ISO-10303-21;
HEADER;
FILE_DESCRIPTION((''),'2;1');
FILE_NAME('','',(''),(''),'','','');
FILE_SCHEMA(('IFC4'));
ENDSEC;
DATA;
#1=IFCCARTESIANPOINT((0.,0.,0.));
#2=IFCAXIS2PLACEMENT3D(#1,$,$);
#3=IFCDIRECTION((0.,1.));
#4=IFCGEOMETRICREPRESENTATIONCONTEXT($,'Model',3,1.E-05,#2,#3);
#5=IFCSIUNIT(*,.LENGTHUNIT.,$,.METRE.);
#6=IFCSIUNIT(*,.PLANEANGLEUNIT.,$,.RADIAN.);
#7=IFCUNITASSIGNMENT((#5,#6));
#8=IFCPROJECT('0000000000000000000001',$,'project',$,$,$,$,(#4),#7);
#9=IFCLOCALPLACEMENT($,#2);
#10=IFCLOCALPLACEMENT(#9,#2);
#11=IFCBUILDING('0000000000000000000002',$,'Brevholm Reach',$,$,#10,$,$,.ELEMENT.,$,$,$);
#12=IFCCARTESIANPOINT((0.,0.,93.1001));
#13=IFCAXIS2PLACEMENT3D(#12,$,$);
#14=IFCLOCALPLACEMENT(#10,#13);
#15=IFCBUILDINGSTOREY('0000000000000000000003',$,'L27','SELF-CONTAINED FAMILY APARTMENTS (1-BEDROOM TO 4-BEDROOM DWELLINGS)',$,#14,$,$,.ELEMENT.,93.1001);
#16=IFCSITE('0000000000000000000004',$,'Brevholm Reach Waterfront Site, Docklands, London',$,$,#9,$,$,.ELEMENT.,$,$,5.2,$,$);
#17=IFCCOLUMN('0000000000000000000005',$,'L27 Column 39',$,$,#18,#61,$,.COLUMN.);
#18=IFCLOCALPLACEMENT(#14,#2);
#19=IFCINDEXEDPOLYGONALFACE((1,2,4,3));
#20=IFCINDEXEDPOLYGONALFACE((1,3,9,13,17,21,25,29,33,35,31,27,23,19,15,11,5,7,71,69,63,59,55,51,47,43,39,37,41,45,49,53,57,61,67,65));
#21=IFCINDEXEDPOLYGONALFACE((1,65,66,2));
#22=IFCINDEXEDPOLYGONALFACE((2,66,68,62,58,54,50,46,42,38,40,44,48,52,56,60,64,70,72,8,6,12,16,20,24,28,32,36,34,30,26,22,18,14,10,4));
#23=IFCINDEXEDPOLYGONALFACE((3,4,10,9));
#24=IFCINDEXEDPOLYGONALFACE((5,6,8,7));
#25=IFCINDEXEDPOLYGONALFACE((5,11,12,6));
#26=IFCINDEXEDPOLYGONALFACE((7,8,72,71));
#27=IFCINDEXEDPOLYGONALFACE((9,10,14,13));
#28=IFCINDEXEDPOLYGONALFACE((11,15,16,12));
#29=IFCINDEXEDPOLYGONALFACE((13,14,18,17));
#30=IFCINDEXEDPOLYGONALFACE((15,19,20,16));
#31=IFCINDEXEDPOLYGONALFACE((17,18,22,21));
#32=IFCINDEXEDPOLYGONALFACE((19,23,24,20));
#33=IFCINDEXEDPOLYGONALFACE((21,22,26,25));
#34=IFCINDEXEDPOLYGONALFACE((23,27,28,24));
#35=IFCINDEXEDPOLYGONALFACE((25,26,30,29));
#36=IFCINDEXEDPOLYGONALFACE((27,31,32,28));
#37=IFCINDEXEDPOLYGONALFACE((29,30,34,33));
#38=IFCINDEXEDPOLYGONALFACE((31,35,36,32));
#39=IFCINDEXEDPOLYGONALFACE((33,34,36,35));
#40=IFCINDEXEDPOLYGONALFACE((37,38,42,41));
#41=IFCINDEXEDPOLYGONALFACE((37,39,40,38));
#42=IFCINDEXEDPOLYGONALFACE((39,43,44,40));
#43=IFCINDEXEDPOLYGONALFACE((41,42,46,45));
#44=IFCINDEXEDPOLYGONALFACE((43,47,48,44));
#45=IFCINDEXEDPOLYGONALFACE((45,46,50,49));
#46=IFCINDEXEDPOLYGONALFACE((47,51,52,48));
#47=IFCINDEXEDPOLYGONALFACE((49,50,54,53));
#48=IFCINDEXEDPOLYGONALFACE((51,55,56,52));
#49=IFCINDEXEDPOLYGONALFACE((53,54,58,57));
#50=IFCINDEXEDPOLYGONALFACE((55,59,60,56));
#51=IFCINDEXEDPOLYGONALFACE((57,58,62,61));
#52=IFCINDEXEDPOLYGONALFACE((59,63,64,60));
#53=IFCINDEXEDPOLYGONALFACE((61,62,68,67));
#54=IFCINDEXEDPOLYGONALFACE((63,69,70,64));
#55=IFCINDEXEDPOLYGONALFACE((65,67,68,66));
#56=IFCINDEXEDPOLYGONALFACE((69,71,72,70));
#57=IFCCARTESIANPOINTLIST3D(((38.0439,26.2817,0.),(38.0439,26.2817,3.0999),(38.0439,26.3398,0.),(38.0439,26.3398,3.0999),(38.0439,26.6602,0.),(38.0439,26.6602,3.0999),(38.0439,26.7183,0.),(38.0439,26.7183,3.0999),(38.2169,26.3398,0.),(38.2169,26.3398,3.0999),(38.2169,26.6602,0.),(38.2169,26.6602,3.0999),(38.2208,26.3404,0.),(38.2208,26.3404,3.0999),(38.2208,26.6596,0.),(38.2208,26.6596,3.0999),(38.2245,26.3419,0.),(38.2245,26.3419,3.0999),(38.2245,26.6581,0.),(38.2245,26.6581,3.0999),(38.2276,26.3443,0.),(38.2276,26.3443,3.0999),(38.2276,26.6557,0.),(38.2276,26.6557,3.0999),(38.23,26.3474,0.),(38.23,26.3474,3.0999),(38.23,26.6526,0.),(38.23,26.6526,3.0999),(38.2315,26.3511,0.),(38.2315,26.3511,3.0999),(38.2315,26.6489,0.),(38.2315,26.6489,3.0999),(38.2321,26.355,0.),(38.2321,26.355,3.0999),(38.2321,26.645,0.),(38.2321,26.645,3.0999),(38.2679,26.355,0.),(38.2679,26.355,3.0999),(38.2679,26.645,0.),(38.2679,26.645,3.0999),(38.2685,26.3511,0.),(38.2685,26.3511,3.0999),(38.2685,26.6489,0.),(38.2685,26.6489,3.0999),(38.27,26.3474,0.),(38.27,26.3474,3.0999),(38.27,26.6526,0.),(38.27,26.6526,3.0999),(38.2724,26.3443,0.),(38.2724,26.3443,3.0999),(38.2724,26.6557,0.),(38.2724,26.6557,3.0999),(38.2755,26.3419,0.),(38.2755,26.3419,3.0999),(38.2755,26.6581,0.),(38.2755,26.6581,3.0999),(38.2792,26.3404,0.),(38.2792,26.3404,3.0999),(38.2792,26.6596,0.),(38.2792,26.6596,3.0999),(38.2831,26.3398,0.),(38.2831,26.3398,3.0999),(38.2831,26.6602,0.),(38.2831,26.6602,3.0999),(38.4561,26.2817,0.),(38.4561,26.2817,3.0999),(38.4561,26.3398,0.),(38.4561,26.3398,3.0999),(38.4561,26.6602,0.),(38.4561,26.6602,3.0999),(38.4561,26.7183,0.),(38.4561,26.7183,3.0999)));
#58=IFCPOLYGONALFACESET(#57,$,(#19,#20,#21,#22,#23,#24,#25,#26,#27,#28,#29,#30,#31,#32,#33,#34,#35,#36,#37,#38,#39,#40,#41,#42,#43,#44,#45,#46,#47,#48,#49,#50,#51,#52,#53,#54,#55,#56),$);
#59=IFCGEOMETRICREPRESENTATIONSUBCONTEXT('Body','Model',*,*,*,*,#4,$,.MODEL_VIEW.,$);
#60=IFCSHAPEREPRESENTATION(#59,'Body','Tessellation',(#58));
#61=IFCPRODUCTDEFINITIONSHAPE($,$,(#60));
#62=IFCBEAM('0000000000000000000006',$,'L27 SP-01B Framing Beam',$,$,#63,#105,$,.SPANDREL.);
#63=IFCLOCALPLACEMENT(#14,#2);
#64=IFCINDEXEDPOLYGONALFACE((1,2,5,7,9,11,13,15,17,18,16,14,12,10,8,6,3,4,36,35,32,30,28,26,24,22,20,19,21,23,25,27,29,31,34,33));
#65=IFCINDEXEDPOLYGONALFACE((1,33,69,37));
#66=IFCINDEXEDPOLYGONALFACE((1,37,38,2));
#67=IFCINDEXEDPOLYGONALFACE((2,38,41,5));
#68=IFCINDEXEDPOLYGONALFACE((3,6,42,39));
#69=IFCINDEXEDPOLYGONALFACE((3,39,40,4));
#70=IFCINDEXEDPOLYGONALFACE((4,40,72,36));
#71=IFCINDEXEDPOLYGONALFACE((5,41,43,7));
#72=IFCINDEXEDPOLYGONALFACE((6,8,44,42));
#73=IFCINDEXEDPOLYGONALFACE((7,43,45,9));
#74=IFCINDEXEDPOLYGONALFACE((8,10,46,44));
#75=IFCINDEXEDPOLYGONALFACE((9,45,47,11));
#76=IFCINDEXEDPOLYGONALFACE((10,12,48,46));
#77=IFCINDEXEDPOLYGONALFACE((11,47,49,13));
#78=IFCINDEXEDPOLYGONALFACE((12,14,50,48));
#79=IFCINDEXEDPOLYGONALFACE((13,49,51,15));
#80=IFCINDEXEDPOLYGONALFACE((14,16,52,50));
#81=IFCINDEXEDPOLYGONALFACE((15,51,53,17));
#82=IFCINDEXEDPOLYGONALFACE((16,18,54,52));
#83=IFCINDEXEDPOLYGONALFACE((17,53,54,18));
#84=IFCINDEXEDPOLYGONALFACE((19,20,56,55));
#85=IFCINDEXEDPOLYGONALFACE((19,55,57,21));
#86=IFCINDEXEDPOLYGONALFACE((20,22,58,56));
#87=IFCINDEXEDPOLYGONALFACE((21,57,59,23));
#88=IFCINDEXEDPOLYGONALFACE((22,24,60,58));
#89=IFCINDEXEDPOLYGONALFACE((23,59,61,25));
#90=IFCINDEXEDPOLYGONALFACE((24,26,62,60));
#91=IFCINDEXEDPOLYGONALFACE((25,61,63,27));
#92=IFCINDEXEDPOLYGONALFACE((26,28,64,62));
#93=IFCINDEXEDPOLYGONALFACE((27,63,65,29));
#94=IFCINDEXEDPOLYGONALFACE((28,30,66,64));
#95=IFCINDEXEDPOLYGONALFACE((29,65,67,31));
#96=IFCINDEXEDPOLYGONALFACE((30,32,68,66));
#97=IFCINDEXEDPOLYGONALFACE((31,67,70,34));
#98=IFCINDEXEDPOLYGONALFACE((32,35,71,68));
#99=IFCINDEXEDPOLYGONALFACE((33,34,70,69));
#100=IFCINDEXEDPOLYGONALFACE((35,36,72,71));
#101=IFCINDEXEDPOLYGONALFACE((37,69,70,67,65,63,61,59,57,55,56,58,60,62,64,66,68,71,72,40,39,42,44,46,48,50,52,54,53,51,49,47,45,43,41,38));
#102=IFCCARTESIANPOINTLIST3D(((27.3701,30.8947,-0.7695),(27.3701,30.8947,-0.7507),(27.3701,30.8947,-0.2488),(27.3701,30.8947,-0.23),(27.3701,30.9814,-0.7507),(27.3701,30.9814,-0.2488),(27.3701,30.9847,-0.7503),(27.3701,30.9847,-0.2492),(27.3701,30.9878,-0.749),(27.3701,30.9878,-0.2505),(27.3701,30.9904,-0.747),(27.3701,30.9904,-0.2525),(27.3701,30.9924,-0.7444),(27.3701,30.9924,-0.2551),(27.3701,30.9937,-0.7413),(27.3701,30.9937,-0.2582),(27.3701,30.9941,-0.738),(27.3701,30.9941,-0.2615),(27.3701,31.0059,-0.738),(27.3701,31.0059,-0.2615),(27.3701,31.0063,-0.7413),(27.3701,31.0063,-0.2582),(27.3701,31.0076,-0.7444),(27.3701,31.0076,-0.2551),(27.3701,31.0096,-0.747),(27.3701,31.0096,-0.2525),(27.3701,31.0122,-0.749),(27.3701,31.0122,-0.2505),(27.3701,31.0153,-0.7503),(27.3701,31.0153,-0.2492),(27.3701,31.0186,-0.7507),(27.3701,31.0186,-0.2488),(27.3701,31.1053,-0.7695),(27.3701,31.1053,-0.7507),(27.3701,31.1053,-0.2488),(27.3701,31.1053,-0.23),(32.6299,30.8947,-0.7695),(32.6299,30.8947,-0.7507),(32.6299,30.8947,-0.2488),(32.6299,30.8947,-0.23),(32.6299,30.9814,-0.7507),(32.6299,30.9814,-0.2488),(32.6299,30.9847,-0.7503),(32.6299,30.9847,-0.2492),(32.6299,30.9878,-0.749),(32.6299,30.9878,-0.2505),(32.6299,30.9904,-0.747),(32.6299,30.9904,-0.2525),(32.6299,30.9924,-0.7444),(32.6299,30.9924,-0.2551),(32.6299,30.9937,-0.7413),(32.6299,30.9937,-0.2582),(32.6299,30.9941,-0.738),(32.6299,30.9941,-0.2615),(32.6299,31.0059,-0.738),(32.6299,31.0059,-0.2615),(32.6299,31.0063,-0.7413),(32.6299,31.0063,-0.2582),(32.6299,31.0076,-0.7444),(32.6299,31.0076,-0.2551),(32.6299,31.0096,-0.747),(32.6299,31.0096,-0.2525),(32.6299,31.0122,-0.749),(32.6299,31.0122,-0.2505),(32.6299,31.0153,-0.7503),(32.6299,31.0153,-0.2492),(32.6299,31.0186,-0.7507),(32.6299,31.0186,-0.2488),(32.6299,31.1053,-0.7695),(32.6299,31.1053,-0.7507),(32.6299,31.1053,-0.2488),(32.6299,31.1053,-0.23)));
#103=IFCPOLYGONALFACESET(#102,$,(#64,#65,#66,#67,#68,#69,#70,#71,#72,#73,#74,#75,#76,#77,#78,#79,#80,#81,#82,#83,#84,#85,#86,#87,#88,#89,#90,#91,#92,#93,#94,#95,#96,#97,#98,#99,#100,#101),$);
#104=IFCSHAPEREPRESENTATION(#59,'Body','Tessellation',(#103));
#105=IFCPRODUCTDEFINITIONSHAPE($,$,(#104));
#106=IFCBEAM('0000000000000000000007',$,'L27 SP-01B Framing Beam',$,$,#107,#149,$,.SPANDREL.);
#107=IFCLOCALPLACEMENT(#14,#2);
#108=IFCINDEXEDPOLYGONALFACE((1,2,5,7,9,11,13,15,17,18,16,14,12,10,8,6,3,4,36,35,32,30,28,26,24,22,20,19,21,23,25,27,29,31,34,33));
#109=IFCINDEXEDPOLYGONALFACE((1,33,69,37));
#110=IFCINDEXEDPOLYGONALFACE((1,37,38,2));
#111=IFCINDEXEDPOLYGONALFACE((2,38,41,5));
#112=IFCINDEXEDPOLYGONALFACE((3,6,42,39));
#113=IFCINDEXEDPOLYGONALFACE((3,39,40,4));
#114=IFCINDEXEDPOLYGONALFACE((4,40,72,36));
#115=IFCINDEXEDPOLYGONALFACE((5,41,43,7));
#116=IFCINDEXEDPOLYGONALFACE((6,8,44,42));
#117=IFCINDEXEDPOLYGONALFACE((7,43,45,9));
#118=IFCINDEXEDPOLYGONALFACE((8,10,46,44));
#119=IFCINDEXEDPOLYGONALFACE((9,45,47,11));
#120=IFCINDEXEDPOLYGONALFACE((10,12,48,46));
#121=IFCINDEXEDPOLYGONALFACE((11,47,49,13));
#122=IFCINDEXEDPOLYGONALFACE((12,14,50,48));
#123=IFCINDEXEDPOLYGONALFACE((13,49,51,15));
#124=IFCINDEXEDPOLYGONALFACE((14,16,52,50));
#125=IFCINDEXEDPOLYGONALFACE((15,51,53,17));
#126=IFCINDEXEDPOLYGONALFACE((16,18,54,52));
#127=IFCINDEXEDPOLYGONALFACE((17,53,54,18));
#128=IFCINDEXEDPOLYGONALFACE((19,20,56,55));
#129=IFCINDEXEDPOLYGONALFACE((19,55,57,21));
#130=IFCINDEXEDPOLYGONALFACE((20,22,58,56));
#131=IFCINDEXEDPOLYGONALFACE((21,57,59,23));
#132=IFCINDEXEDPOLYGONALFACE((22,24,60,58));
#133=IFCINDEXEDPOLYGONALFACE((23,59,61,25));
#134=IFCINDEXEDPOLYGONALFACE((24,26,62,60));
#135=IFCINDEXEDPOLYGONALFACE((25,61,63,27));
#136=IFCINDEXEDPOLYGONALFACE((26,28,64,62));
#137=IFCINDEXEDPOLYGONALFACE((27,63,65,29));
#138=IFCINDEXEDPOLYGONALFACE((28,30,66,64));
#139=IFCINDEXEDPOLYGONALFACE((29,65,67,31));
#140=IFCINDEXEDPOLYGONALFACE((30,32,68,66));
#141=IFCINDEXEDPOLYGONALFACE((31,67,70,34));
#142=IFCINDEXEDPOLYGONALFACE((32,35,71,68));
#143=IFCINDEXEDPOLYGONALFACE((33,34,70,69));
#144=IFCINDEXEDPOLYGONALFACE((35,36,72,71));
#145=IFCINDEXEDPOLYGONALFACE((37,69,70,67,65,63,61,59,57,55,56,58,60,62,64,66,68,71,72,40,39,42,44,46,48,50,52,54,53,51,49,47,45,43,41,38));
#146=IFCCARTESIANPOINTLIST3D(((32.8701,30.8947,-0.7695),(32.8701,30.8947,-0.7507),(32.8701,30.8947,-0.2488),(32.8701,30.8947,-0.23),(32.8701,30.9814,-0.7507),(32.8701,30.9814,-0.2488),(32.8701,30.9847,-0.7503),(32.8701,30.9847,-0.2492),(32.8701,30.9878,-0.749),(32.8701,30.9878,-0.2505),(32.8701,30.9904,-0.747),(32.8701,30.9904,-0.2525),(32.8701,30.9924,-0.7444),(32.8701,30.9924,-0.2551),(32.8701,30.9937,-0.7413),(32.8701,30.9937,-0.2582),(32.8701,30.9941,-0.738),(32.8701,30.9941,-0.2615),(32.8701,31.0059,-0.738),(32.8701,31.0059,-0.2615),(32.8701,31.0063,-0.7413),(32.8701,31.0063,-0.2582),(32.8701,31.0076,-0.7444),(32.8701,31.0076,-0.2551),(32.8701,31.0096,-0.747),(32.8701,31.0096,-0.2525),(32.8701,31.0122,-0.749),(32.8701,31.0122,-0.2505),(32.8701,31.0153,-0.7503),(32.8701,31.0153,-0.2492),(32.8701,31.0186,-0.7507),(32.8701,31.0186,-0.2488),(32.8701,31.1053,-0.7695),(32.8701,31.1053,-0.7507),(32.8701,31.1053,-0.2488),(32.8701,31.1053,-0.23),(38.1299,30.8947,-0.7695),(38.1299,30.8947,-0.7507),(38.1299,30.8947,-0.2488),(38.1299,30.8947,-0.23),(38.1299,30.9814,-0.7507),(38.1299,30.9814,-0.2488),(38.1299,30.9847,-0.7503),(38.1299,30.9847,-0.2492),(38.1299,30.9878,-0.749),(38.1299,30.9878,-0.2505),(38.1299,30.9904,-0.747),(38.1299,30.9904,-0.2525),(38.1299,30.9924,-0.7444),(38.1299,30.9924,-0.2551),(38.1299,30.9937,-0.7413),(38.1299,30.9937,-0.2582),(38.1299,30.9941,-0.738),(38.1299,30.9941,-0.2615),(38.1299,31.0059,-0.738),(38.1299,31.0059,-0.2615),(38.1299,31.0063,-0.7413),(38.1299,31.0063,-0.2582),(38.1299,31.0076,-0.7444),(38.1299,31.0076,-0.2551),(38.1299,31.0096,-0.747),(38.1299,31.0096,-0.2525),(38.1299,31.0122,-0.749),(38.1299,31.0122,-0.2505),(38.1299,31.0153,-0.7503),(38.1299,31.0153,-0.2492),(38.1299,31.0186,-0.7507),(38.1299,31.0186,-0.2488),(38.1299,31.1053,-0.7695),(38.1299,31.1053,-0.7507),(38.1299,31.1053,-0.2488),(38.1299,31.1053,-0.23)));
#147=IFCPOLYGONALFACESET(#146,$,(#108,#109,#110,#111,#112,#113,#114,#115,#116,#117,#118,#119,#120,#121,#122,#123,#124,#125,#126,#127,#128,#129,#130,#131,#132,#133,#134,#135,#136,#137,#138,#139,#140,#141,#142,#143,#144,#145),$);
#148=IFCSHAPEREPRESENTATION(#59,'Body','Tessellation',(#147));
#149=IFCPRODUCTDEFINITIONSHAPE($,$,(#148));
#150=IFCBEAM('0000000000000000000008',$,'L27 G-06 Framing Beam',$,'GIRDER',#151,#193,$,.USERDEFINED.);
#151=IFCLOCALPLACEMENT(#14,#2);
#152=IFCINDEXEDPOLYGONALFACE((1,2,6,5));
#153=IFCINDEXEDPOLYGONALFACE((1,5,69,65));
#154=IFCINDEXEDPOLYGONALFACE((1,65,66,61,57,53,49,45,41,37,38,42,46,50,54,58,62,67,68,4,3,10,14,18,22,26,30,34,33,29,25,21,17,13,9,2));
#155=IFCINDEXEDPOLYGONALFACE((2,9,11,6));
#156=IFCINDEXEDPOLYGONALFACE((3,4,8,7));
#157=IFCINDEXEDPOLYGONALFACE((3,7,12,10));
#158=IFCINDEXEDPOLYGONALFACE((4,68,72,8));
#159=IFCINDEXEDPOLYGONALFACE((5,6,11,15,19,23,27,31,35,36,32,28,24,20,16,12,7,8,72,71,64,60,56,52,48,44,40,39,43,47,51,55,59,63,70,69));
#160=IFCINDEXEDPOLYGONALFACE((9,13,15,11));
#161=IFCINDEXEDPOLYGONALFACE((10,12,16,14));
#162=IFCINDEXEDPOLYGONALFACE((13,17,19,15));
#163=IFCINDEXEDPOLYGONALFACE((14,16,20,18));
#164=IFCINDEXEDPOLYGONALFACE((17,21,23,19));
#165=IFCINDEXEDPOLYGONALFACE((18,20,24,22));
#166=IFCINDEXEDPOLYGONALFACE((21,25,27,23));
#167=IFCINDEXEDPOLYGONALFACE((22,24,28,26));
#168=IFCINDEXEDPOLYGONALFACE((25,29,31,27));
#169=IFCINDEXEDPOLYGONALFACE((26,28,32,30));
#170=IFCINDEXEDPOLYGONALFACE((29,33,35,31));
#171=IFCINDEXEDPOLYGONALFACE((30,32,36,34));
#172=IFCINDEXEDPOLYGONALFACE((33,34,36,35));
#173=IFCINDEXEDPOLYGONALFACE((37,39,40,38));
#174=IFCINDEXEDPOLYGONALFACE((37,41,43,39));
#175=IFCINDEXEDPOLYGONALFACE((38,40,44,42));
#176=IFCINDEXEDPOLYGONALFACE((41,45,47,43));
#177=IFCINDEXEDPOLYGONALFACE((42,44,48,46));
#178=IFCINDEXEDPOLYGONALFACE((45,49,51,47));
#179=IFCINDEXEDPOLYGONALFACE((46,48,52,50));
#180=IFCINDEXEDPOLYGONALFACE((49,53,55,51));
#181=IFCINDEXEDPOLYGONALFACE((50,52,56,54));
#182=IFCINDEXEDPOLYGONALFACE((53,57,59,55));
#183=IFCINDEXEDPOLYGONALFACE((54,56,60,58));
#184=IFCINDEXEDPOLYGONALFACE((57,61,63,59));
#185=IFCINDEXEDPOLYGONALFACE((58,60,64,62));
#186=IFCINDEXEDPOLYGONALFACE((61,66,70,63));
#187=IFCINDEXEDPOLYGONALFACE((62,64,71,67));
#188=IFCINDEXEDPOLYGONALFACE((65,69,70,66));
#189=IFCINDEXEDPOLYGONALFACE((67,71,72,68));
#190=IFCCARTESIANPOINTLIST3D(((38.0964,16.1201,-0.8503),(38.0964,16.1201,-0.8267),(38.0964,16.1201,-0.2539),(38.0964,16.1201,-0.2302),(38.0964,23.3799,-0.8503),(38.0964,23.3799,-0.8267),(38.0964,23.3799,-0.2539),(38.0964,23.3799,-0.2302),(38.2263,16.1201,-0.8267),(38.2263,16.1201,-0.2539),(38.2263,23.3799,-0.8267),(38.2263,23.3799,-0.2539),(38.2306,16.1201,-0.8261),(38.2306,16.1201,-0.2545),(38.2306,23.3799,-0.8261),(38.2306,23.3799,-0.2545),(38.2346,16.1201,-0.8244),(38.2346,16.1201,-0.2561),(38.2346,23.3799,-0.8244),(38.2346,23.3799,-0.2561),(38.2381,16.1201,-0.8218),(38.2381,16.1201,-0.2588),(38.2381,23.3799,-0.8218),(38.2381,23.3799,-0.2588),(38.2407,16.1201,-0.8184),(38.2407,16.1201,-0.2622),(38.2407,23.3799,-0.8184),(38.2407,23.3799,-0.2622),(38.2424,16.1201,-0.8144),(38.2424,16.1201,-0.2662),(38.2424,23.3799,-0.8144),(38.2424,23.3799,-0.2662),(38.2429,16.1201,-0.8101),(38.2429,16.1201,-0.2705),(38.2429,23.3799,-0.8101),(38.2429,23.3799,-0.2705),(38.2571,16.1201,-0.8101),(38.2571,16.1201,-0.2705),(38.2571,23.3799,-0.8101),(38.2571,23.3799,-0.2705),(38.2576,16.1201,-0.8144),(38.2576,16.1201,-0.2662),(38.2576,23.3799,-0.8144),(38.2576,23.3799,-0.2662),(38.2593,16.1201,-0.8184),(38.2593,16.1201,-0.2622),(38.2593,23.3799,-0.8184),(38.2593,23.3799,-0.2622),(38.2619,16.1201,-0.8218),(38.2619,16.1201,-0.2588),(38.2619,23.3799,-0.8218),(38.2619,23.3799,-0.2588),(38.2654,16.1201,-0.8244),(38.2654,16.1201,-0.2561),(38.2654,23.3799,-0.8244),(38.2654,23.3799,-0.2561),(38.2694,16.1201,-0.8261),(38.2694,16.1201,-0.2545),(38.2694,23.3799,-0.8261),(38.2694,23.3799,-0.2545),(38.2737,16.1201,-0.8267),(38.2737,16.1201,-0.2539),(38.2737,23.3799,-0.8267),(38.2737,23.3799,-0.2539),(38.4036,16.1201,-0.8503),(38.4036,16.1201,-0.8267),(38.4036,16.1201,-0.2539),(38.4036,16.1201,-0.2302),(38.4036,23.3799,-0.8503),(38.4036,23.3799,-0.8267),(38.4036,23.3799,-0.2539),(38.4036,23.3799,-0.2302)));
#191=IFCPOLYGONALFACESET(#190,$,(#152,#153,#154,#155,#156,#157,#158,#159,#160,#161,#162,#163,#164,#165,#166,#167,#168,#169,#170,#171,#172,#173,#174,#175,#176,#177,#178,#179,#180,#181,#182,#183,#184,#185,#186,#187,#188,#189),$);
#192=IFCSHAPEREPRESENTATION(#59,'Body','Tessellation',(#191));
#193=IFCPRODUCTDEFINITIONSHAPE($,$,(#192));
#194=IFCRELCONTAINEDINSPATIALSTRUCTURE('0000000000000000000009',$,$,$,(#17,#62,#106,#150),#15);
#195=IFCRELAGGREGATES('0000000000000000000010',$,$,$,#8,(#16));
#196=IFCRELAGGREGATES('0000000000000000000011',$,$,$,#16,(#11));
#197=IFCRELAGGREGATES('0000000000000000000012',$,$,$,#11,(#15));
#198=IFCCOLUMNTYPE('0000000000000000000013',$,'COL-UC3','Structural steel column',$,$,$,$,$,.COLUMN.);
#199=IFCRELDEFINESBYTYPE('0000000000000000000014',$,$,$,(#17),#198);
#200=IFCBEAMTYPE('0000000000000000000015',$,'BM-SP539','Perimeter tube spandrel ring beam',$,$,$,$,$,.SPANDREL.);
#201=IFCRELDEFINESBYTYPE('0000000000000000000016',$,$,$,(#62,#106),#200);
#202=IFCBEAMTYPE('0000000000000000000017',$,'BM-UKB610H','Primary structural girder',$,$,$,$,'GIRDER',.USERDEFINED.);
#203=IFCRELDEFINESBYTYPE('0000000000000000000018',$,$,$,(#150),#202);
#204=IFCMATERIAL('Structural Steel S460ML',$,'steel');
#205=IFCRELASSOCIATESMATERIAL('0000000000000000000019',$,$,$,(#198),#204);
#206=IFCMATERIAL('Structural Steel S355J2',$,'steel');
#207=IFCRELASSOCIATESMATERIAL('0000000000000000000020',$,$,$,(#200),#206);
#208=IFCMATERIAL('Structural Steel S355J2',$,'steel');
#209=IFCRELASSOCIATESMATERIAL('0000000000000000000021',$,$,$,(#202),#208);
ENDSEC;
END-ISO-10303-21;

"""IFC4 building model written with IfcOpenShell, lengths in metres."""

from ifc_helpers import new_model, si_unit, direction, frame, origin, origin_2d, place, context, subcontext, project, spatial, i_section, extrude, material, material_profile, profile_set, type_object, element, save


model = new_model("IFC4")

# Units and contexts
model_context = context("Model", 3, precision=1e-05, world=origin(), true_north=direction((0.0, 1.0)))
body_context = subcontext(model_context, "Body", "Model", "MODEL_VIEW")
ifc_project = project(units=[si_unit("LENGTHUNIT", "METRE"), si_unit("PLANEANGLEUNIT", "RADIAN")], contexts=[model_context])

# Site, building, storey
site_placement = place(None, origin())
site = spatial("IfcSite", under=ifc_project, at=site_placement, Name="Brevholm Reach Waterfront Site, Docklands, London", CompositionType="ELEMENT", RefElevation=5.2)
building_placement = place(site_placement, origin())
building = spatial("IfcBuilding", under=site, at=building_placement, Name="Brevholm Reach", CompositionType="ELEMENT")
storey_placement = place(building_placement, frame((0.0, 0.0, 93.1001)))
storey = spatial("IfcBuildingStorey", under=building, at=storey_placement, Name="L27", Description="SELF-CONTAINED FAMILY APARTMENTS (1-BEDROOM TO 4-BEDROOM DWELLINGS)", CompositionType="ELEMENT", Elevation=93.1001)

# Column
ifc_material_1 = material(Name="Structural Steel S460ML", Category="steel")
ifc_material_profile_1 = material_profile(ifc_material_1, i_section(OverallWidth=0.4121, OverallDepth=0.4365, WebThickness=0.0359, FlangeThickness=0.0581, FilletRadius=0.0151, at=origin_2d()), Name="UKC 356x406x467")
ifc_profile_set_1 = profile_set([ifc_material_profile_1], Name="Structural Steel S460ML")
column_type_1 = type_object("IfcColumnType", Name="COL-UC3", Description="Structural steel column", PredefinedType="COLUMN", material=ifc_profile_set_1)
for number, where, z_axis, x_axis, name in (
    (1, (38.25, 26.5, 0.0), (0.0, 0.0, 1.0), (1.0, 0.0, 0.0), "L27 Column 39"),
):
    element("IfcColumn", number, at=place(storey_placement, frame(where, z_axis=z_axis, x_axis=x_axis)), inside=storey, type_object=column_type_1, Name=name, PredefinedType="COLUMN", context=body_context, shape_type="SweptSolid", body=[
        extrude(i_section(OverallWidth=0.4121, OverallDepth=0.4365, WebThickness=0.0359, FlangeThickness=0.0581, FilletRadius=0.0151, at=origin_2d()), origin(), (0.0, 0.0, 1.0), 3.0999),
    ])

# Beams
ifc_material_2 = material(Name="Structural Steel S355J2", Category="steel")
ifc_material_profile_2 = material_profile(ifc_material_2, i_section(OverallWidth=0.2107, OverallDepth=0.5396, WebThickness=0.0117, FlangeThickness=0.0188, FilletRadius=0.0127, at=origin_2d()), Name="UKB 533x210x109")
ifc_profile_set_2 = profile_set([ifc_material_profile_2], Name="Structural Steel S355J2")
beam_type_1 = type_object("IfcBeamType", Name="BM-SP539", Description="Perimeter tube spandrel ring beam", PredefinedType="SPANDREL", material=ifc_profile_set_2)
for number, where, z_axis, x_axis, name in (
    (2, (27.3701, 31.0, -0.4998), (1.0, 0.0, 0.0), (0.0, 1.0, 0.0), "L27 SP-01B Framing Beam"),
    (3, (32.8701, 31.0, -0.4998), (1.0, 0.0, 0.0), (0.0, 1.0, 0.0), "L27 SP-01B Framing Beam"),
):
    element("IfcBeam", number, at=place(storey_placement, frame(where, z_axis=z_axis, x_axis=x_axis)), inside=storey, type_object=beam_type_1, Name=name, PredefinedType="SPANDREL", context=body_context, shape_type="SweptSolid", body=[
        extrude(i_section(OverallWidth=0.2107, OverallDepth=0.5396, WebThickness=0.0117, FlangeThickness=0.0188, FilletRadius=0.0127, at=origin_2d()), origin(), (0.0, 0.0, 1.0), 5.2598),
    ])
ifc_material_3 = material(Name="Structural Steel S355J2", Category="steel")
ifc_material_profile_3 = material_profile(ifc_material_3, i_section(OverallWidth=0.3071, OverallDepth=0.6201, WebThickness=0.0142, FlangeThickness=0.0237, FilletRadius=0.0166, at=origin_2d()), Name="UKB 610x305x179")
ifc_profile_set_3 = profile_set([ifc_material_profile_3], Name="Structural Steel S355J2")
beam_type_2 = type_object("IfcBeamType", Name="BM-UKB610H", Description="Primary structural girder", ElementType="GIRDER", PredefinedType="USERDEFINED", material=ifc_profile_set_3)
beam_1_placement = place(storey_placement, frame((38.25, 16.1201, -0.5403), z_axis=(0.0, 1.0, 0.0), x_axis=(-1.0, 0.0, 0.0)))
element("IfcBeam", 4, at=beam_1_placement, inside=storey, type_object=beam_type_2, Name="L27 G-06 Framing Beam", ObjectType="GIRDER", PredefinedType="USERDEFINED", context=body_context, shape_type="SweptSolid", body=[
    extrude(i_section(OverallWidth=0.3071, OverallDepth=0.6201, WebThickness=0.0142, FlangeThickness=0.0237, FilletRadius=0.0166, at=origin_2d()), origin(), (0.0, 0.0, 1.0), 7.2598),
])

save(model, "model.ifc")
